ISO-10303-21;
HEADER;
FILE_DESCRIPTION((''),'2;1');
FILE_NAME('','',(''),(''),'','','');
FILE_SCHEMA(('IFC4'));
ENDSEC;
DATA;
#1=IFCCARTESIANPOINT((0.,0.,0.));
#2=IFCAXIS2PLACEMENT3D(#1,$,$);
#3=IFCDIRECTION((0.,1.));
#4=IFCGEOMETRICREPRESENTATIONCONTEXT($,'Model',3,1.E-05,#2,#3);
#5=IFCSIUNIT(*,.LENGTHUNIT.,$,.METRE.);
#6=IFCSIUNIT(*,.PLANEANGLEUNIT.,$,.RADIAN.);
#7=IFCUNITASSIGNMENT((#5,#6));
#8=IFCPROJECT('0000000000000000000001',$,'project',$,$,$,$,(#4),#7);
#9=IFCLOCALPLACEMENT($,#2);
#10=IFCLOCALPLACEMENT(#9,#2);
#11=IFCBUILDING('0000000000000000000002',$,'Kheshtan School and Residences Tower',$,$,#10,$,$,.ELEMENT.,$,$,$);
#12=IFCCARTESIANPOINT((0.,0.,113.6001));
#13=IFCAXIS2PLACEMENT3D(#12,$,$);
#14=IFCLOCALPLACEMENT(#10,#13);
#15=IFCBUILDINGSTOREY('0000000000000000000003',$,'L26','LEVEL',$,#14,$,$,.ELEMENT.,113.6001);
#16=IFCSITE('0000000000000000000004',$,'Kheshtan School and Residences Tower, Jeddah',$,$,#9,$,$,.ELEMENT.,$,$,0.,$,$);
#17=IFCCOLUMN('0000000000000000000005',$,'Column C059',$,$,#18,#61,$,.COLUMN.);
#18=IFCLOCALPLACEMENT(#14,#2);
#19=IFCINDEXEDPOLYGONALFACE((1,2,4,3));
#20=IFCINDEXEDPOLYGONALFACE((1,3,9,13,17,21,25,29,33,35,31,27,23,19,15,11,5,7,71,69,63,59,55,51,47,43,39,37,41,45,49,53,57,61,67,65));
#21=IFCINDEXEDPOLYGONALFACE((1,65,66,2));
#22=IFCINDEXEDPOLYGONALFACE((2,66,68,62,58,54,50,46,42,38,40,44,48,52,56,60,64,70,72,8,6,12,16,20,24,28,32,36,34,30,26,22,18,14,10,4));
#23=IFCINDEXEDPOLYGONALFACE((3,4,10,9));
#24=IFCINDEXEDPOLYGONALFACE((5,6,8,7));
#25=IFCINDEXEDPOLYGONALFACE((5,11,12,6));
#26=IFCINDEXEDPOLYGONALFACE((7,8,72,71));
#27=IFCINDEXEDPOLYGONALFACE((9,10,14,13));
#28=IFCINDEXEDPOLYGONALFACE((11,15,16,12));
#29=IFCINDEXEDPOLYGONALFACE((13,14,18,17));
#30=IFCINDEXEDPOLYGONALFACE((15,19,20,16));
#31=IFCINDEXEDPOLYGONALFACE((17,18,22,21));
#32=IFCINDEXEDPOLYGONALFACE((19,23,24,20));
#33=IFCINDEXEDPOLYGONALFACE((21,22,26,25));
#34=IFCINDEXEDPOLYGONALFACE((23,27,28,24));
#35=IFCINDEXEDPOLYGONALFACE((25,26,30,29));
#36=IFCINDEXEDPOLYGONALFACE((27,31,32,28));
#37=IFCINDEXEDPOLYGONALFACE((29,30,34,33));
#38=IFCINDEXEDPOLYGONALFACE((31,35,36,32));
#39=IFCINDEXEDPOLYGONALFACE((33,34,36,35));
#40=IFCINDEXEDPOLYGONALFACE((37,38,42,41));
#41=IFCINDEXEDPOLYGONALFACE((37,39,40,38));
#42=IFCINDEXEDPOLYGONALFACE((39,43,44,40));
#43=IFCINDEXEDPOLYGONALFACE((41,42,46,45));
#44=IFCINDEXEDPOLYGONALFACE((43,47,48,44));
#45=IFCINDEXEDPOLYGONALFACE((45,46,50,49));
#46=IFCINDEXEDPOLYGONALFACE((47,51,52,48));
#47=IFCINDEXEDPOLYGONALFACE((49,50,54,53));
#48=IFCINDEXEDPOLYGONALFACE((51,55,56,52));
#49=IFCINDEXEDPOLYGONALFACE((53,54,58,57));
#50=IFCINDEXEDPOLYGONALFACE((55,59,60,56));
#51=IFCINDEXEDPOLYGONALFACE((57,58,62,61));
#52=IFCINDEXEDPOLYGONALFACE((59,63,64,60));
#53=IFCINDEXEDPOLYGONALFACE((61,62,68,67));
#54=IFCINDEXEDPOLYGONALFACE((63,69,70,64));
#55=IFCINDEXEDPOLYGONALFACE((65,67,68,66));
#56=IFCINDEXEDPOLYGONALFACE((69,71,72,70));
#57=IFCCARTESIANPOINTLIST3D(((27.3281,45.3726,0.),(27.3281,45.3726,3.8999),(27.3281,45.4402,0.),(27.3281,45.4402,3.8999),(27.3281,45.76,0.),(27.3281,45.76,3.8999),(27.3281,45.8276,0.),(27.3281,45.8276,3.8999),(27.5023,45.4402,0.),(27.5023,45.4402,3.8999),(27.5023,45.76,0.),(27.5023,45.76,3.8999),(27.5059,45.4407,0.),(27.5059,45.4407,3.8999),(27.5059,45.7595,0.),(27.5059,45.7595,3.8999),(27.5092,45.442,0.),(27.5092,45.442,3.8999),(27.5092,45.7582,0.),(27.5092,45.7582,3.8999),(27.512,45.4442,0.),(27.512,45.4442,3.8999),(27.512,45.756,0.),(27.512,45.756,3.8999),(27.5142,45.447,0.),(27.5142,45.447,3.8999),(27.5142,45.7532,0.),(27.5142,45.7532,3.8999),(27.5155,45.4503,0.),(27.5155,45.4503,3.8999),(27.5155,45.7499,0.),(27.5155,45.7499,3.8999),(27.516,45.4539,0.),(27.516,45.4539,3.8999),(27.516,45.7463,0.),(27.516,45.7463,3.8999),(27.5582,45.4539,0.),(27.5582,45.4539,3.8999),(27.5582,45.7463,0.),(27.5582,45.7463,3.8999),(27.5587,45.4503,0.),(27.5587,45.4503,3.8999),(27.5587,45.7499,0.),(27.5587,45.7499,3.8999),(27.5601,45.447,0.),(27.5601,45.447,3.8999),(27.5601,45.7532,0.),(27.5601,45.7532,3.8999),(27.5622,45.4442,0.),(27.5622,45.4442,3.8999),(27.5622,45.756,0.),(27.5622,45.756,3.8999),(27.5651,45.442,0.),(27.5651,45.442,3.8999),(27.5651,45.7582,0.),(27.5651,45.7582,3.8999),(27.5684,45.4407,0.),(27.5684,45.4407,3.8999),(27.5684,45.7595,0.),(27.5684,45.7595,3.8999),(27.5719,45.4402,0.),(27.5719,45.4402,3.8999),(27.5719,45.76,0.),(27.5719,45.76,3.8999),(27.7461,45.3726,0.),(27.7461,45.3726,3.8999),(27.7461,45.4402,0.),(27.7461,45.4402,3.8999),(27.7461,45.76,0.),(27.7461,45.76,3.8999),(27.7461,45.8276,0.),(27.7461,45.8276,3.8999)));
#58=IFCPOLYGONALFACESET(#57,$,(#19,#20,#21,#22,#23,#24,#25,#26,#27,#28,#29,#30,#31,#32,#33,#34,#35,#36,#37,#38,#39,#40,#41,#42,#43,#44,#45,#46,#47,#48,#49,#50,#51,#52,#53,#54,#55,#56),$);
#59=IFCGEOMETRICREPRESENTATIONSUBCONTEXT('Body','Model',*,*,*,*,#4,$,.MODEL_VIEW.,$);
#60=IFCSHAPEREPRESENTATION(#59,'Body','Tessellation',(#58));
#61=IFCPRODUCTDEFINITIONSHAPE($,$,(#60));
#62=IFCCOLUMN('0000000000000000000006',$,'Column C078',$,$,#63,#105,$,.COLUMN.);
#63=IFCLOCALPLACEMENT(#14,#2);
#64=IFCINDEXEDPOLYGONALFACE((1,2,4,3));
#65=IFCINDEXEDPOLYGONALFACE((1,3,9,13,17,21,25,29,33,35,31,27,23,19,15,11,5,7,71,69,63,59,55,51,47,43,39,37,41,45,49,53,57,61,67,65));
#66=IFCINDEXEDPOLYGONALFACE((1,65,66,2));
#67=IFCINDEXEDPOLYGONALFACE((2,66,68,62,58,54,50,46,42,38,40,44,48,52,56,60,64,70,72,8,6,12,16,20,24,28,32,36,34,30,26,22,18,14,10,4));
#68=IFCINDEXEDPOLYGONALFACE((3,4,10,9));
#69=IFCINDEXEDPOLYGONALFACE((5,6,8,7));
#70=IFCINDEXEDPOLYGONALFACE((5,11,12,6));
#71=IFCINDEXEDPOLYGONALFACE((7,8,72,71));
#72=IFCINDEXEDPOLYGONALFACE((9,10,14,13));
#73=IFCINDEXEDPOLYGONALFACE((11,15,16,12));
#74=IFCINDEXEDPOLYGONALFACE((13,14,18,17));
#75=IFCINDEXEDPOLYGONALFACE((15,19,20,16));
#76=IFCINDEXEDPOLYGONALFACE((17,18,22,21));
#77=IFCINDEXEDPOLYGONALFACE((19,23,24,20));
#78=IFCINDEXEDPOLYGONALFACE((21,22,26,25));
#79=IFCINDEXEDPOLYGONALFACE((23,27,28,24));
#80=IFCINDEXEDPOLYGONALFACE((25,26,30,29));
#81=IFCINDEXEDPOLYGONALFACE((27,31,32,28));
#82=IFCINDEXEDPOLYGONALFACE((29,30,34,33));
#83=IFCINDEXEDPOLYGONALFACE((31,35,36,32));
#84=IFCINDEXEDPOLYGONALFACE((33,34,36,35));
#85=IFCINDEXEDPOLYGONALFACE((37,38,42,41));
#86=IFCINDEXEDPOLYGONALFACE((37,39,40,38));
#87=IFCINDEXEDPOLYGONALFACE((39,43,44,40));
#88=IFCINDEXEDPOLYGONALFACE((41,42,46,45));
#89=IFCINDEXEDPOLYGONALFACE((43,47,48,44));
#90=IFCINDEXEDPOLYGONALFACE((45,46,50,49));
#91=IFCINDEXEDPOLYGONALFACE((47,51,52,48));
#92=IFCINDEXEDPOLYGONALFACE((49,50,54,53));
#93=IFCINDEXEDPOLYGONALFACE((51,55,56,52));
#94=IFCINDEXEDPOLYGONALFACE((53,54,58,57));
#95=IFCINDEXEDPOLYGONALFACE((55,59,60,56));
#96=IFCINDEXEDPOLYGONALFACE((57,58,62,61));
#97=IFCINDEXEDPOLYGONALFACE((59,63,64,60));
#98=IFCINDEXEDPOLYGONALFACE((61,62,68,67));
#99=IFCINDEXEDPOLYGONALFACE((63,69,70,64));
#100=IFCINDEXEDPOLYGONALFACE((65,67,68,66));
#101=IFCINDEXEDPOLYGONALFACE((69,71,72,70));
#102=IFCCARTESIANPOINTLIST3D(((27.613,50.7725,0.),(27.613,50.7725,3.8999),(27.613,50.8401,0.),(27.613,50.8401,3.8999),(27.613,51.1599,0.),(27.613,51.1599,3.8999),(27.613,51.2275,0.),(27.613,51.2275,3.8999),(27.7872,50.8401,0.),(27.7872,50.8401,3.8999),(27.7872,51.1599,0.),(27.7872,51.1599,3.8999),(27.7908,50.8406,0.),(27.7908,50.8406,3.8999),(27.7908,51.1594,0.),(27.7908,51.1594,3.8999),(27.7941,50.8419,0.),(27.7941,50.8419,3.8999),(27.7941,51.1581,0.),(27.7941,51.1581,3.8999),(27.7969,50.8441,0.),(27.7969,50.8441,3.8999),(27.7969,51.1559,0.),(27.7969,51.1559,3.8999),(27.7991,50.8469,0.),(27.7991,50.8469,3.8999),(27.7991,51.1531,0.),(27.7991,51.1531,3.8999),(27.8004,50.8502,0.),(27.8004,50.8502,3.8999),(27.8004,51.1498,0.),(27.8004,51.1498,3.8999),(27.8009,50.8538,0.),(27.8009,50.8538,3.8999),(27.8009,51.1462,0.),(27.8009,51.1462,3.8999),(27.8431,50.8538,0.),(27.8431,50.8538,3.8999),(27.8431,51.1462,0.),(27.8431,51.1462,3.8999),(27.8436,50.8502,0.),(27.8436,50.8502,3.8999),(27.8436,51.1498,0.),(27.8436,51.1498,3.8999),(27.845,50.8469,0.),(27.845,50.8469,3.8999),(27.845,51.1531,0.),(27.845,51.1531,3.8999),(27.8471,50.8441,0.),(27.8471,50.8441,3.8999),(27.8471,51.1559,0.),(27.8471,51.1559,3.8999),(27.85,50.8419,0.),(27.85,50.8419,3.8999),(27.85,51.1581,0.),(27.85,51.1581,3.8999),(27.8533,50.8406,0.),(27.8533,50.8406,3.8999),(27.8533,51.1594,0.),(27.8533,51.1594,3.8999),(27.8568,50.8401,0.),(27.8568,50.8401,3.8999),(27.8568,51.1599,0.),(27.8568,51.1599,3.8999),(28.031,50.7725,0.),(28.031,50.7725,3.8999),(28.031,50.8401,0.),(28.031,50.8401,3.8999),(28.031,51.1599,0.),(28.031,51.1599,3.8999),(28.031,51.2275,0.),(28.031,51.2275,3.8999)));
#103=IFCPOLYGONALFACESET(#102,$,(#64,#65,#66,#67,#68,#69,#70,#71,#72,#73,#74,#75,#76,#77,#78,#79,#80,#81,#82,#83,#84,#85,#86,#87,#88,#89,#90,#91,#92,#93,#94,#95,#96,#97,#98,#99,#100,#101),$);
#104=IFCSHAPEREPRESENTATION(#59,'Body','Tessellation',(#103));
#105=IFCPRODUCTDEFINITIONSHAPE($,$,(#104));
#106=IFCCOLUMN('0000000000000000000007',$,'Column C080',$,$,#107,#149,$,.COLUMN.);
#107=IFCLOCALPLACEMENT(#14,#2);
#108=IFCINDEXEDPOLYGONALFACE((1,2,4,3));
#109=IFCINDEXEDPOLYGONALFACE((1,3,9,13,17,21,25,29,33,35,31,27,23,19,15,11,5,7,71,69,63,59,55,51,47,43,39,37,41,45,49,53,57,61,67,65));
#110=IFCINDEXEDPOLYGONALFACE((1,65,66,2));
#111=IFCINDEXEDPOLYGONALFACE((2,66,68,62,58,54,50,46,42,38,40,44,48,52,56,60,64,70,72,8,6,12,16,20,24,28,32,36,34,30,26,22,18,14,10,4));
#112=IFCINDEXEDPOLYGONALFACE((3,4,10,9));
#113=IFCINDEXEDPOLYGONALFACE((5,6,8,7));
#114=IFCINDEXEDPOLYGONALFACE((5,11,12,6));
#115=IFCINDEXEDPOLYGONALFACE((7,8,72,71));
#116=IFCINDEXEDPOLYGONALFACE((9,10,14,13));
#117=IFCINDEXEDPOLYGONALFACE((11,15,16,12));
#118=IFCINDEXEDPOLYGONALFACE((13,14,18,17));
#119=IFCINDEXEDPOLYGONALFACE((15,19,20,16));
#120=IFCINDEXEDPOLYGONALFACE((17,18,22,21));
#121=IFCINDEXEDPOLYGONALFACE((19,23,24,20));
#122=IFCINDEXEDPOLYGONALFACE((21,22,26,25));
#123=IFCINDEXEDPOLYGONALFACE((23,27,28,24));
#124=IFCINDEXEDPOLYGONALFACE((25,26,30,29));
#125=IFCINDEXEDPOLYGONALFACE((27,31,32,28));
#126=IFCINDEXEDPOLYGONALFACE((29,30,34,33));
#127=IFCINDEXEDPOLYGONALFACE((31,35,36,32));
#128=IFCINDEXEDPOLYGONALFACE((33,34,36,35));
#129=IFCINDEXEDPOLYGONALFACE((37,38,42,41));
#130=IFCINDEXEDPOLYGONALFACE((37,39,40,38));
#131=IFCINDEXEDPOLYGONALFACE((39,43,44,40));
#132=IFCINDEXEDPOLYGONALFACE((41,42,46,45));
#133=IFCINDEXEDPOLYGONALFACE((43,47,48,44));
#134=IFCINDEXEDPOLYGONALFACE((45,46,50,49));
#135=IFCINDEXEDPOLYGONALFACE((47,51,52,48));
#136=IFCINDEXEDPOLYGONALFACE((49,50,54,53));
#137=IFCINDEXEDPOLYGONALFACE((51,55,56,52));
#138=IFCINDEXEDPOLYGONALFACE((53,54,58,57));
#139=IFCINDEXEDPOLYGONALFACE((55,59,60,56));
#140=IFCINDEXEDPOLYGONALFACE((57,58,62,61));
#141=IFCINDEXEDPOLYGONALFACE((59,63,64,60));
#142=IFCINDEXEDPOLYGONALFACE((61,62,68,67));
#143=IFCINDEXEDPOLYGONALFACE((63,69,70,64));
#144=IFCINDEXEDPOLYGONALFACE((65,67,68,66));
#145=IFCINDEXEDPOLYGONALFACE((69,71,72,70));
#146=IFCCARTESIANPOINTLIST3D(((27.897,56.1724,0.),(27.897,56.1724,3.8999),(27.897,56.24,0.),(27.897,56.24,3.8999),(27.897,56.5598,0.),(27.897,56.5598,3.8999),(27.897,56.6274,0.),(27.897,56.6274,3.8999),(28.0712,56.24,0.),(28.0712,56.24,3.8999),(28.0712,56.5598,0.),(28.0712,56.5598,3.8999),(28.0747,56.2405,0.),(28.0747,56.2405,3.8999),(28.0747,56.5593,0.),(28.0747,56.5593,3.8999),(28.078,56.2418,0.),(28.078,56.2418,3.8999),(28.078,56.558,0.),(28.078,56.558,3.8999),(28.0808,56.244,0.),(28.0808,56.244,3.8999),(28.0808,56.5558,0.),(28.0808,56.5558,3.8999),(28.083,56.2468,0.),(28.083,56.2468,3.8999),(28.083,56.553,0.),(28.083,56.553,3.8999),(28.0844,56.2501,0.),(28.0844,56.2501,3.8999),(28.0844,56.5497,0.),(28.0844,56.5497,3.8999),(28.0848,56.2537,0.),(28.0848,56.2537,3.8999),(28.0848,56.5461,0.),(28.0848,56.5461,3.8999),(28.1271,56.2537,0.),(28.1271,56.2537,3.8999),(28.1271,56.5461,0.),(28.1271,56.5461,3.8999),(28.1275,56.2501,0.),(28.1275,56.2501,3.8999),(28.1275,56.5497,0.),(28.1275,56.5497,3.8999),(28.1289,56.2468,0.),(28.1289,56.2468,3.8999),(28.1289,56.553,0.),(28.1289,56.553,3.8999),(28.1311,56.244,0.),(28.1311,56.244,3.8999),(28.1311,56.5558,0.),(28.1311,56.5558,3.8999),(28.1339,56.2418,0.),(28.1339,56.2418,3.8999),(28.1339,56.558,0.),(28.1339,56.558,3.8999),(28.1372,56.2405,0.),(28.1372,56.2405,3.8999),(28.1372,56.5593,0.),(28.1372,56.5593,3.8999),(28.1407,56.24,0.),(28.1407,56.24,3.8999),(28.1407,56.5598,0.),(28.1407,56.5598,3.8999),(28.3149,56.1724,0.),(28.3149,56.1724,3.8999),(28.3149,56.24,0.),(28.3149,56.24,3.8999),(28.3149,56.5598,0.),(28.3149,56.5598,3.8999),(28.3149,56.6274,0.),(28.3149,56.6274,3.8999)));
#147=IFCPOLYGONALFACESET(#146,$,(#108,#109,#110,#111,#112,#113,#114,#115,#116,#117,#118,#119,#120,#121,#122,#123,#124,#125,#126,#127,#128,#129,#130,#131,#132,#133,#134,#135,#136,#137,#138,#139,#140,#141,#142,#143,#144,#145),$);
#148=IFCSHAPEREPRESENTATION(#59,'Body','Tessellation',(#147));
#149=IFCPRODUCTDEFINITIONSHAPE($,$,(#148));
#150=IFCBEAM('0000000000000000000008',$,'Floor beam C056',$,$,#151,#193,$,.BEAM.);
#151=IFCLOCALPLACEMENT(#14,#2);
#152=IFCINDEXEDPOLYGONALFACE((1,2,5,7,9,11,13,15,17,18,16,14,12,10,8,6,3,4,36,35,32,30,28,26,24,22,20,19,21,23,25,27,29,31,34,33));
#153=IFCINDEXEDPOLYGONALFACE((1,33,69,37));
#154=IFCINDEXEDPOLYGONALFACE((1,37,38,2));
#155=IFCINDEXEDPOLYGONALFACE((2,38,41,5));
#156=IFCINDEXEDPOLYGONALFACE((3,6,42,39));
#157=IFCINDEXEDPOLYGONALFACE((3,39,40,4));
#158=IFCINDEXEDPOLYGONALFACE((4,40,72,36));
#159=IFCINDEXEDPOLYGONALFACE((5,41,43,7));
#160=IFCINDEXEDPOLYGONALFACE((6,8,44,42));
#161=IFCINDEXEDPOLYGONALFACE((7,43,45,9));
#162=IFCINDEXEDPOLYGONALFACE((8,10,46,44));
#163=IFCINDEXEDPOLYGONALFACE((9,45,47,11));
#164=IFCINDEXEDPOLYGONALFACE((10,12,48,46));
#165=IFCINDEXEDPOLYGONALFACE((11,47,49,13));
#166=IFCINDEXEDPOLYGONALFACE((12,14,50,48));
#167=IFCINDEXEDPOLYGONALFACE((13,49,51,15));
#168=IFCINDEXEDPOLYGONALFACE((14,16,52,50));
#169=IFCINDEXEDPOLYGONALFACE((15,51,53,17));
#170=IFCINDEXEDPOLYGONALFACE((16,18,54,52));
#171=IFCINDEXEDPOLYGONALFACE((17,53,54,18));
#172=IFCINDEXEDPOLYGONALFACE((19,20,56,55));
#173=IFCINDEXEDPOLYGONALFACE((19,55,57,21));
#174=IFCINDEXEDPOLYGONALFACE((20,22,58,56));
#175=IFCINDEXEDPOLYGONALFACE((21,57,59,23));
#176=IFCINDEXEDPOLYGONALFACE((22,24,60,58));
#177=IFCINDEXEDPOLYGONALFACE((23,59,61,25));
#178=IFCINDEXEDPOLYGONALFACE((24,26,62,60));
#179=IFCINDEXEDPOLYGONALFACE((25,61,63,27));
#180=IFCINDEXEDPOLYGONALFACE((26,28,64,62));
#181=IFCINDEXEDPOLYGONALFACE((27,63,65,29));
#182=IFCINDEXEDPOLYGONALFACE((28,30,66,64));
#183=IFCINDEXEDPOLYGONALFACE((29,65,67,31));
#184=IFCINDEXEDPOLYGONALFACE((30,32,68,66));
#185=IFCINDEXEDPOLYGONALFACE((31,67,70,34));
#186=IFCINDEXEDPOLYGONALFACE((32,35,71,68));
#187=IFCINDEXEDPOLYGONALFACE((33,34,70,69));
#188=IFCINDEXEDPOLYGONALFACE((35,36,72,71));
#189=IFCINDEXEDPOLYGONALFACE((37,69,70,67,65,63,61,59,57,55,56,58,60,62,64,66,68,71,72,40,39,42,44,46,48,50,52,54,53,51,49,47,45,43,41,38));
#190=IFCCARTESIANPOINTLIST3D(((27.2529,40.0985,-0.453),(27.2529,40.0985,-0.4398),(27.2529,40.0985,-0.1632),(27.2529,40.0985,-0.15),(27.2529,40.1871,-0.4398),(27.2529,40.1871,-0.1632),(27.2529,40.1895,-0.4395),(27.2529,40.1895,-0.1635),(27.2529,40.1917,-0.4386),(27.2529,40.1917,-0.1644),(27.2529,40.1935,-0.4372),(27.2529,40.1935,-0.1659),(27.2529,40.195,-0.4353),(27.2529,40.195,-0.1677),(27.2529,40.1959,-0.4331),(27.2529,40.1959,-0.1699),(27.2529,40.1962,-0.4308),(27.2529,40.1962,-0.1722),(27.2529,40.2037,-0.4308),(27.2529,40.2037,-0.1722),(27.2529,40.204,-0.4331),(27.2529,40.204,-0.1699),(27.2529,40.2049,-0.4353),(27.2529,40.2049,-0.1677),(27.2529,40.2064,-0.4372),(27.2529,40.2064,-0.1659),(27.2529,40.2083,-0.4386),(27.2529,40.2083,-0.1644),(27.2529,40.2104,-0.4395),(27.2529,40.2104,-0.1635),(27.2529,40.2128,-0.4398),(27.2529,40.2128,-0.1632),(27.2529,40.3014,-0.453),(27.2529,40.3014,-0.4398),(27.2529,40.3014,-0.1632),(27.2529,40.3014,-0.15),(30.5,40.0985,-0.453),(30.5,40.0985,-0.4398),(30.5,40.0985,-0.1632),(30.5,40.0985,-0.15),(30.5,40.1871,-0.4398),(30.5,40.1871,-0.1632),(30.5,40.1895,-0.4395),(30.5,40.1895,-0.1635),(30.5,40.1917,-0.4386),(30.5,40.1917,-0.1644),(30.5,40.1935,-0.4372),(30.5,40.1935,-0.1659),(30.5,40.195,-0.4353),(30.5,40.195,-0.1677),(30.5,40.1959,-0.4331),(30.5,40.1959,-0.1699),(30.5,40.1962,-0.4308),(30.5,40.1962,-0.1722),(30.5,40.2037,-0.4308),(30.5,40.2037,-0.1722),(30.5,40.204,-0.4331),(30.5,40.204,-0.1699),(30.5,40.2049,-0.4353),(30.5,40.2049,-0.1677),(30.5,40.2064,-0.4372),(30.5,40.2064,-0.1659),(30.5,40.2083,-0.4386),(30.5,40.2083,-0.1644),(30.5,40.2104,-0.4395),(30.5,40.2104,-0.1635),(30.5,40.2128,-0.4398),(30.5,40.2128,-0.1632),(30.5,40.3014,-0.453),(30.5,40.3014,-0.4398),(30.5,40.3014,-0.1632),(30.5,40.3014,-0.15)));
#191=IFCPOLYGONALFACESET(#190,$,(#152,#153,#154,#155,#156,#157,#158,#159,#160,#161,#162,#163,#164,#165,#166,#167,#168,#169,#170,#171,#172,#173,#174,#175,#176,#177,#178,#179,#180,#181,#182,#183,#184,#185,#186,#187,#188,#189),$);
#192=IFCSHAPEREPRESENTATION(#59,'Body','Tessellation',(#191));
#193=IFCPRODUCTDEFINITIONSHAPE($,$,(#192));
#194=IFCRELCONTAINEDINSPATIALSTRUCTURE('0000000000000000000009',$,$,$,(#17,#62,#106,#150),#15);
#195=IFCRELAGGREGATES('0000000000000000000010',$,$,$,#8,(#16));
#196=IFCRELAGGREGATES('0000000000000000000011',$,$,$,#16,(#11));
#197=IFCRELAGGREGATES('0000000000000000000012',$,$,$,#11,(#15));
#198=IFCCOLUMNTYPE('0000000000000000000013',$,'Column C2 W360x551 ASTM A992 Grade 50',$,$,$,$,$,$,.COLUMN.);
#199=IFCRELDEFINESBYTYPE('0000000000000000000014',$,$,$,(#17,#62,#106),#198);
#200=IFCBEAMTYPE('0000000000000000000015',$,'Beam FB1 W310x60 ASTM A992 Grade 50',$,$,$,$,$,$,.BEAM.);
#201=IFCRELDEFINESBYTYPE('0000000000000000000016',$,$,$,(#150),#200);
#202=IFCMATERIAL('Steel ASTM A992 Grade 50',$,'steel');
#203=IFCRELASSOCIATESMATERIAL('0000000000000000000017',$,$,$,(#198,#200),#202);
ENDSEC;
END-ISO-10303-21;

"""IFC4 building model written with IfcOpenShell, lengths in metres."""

from ifc_helpers import new_model, si_unit, direction, frame, origin, origin_2d, place, context, subcontext, project, spatial, i_section, extrude, material, material_profile, profile_set, type_object, element, save


model = new_model("IFC4")

# Units and contexts
model_context = context("Model", 3, precision=1e-05, world=origin(), true_north=direction((0.0, 1.0)))
body_context = subcontext(model_context, "Body", "Model", "MODEL_VIEW")
ifc_project = project(units=[si_unit("LENGTHUNIT", "METRE"), si_unit("PLANEANGLEUNIT", "RADIAN")], contexts=[model_context])

# Site, building, storey
site_placement = place(None, origin())
site = spatial("IfcSite", under=ifc_project, at=site_placement, Name="Kheshtan School and Residences Tower, Jeddah", CompositionType="ELEMENT", RefElevation=0.0)
building_placement = place(site_placement, origin())
building = spatial("IfcBuilding", under=site, at=building_placement, Name="Kheshtan School and Residences Tower", CompositionType="ELEMENT")
storey_placement = place(building_placement, frame((0.0, 0.0, 113.6001)))
storey = spatial("IfcBuildingStorey", under=building, at=storey_placement, Name="L26", Description="LEVEL", CompositionType="ELEMENT", Elevation=113.6001)

# Columns
ifc_material_1 = material(Name="Steel ASTM A992 Grade 50", Category="steel")
ifc_material_profile_1 = material_profile(ifc_material_1, i_section(OverallWidth=0.418, OverallDepth=0.4551, WebThickness=0.0422, FlangeThickness=0.0676, FilletRadius=0.0137, at=origin_2d()), Name="W360x551")
ifc_profile_set_1 = profile_set([ifc_material_profile_1], Name="Steel ASTM A992 Grade 50")
column_type = type_object("IfcColumnType", Name="Column C2 W360x551 ASTM A992 Grade 50", PredefinedType="COLUMN", material=ifc_profile_set_1)
for number, where, z_axis, x_axis, name in (
    (1, (27.5371, 45.6001, 0.0), (0.0, 0.0, 1.0), (1.0, 0.0, 0.0), "Column C059"),
    (2, (27.822, 51.0, 0.0), (0.0, 0.0, 1.0), (1.0, 0.0, 0.0), "Column C078"),
    (3, (28.106, 56.3999, 0.0), (0.0, 0.0, 1.0), (1.0, 0.0, 0.0), "Column C080"),
):
    element("IfcColumn", number, at=place(storey_placement, frame(where, z_axis=z_axis, x_axis=x_axis)), inside=storey, type_object=column_type, Name=name, PredefinedType="COLUMN", context=body_context, shape_type="SweptSolid", body=[
        extrude(i_section(OverallWidth=0.418, OverallDepth=0.4551, WebThickness=0.0422, FlangeThickness=0.0676, FilletRadius=0.0137, at=origin_2d()), origin(), (0.0, 0.0, 1.0), 3.8999),
    ])

# Beam
ifc_material_profile_2 = material_profile(ifc_material_1, i_section(OverallWidth=0.2029, OverallDepth=0.303, WebThickness=0.0076, FlangeThickness=0.0132, FilletRadius=0.009, at=origin_2d()), Name="W310x60")
ifc_profile_set_2 = profile_set([ifc_material_profile_2], Name="Steel ASTM A992 Grade 50")
beam_type_1 = type_object("IfcBeamType", Name="Beam FB1 W310x60 ASTM A992 Grade 50", PredefinedType="BEAM", material=ifc_profile_set_2)
beam_1_placement = place(storey_placement, frame((27.2529, 40.2, -0.3015), z_axis=(1.0, 0.0, 0.0), x_axis=(0.0, 1.0, 0.0)))
element("IfcBeam", 4, at=beam_1_placement, inside=storey, type_object=beam_type_1, Name="Floor beam C056", PredefinedType="BEAM", context=body_context, shape_type="SweptSolid", body=[
    extrude(i_section(OverallWidth=0.2029, OverallDepth=0.303, WebThickness=0.0076, FlangeThickness=0.0132, FilletRadius=0.009, at=origin_2d()), origin(), (0.0, 0.0, 1.0), 3.2471),
])

save(model, "model.ifc")
